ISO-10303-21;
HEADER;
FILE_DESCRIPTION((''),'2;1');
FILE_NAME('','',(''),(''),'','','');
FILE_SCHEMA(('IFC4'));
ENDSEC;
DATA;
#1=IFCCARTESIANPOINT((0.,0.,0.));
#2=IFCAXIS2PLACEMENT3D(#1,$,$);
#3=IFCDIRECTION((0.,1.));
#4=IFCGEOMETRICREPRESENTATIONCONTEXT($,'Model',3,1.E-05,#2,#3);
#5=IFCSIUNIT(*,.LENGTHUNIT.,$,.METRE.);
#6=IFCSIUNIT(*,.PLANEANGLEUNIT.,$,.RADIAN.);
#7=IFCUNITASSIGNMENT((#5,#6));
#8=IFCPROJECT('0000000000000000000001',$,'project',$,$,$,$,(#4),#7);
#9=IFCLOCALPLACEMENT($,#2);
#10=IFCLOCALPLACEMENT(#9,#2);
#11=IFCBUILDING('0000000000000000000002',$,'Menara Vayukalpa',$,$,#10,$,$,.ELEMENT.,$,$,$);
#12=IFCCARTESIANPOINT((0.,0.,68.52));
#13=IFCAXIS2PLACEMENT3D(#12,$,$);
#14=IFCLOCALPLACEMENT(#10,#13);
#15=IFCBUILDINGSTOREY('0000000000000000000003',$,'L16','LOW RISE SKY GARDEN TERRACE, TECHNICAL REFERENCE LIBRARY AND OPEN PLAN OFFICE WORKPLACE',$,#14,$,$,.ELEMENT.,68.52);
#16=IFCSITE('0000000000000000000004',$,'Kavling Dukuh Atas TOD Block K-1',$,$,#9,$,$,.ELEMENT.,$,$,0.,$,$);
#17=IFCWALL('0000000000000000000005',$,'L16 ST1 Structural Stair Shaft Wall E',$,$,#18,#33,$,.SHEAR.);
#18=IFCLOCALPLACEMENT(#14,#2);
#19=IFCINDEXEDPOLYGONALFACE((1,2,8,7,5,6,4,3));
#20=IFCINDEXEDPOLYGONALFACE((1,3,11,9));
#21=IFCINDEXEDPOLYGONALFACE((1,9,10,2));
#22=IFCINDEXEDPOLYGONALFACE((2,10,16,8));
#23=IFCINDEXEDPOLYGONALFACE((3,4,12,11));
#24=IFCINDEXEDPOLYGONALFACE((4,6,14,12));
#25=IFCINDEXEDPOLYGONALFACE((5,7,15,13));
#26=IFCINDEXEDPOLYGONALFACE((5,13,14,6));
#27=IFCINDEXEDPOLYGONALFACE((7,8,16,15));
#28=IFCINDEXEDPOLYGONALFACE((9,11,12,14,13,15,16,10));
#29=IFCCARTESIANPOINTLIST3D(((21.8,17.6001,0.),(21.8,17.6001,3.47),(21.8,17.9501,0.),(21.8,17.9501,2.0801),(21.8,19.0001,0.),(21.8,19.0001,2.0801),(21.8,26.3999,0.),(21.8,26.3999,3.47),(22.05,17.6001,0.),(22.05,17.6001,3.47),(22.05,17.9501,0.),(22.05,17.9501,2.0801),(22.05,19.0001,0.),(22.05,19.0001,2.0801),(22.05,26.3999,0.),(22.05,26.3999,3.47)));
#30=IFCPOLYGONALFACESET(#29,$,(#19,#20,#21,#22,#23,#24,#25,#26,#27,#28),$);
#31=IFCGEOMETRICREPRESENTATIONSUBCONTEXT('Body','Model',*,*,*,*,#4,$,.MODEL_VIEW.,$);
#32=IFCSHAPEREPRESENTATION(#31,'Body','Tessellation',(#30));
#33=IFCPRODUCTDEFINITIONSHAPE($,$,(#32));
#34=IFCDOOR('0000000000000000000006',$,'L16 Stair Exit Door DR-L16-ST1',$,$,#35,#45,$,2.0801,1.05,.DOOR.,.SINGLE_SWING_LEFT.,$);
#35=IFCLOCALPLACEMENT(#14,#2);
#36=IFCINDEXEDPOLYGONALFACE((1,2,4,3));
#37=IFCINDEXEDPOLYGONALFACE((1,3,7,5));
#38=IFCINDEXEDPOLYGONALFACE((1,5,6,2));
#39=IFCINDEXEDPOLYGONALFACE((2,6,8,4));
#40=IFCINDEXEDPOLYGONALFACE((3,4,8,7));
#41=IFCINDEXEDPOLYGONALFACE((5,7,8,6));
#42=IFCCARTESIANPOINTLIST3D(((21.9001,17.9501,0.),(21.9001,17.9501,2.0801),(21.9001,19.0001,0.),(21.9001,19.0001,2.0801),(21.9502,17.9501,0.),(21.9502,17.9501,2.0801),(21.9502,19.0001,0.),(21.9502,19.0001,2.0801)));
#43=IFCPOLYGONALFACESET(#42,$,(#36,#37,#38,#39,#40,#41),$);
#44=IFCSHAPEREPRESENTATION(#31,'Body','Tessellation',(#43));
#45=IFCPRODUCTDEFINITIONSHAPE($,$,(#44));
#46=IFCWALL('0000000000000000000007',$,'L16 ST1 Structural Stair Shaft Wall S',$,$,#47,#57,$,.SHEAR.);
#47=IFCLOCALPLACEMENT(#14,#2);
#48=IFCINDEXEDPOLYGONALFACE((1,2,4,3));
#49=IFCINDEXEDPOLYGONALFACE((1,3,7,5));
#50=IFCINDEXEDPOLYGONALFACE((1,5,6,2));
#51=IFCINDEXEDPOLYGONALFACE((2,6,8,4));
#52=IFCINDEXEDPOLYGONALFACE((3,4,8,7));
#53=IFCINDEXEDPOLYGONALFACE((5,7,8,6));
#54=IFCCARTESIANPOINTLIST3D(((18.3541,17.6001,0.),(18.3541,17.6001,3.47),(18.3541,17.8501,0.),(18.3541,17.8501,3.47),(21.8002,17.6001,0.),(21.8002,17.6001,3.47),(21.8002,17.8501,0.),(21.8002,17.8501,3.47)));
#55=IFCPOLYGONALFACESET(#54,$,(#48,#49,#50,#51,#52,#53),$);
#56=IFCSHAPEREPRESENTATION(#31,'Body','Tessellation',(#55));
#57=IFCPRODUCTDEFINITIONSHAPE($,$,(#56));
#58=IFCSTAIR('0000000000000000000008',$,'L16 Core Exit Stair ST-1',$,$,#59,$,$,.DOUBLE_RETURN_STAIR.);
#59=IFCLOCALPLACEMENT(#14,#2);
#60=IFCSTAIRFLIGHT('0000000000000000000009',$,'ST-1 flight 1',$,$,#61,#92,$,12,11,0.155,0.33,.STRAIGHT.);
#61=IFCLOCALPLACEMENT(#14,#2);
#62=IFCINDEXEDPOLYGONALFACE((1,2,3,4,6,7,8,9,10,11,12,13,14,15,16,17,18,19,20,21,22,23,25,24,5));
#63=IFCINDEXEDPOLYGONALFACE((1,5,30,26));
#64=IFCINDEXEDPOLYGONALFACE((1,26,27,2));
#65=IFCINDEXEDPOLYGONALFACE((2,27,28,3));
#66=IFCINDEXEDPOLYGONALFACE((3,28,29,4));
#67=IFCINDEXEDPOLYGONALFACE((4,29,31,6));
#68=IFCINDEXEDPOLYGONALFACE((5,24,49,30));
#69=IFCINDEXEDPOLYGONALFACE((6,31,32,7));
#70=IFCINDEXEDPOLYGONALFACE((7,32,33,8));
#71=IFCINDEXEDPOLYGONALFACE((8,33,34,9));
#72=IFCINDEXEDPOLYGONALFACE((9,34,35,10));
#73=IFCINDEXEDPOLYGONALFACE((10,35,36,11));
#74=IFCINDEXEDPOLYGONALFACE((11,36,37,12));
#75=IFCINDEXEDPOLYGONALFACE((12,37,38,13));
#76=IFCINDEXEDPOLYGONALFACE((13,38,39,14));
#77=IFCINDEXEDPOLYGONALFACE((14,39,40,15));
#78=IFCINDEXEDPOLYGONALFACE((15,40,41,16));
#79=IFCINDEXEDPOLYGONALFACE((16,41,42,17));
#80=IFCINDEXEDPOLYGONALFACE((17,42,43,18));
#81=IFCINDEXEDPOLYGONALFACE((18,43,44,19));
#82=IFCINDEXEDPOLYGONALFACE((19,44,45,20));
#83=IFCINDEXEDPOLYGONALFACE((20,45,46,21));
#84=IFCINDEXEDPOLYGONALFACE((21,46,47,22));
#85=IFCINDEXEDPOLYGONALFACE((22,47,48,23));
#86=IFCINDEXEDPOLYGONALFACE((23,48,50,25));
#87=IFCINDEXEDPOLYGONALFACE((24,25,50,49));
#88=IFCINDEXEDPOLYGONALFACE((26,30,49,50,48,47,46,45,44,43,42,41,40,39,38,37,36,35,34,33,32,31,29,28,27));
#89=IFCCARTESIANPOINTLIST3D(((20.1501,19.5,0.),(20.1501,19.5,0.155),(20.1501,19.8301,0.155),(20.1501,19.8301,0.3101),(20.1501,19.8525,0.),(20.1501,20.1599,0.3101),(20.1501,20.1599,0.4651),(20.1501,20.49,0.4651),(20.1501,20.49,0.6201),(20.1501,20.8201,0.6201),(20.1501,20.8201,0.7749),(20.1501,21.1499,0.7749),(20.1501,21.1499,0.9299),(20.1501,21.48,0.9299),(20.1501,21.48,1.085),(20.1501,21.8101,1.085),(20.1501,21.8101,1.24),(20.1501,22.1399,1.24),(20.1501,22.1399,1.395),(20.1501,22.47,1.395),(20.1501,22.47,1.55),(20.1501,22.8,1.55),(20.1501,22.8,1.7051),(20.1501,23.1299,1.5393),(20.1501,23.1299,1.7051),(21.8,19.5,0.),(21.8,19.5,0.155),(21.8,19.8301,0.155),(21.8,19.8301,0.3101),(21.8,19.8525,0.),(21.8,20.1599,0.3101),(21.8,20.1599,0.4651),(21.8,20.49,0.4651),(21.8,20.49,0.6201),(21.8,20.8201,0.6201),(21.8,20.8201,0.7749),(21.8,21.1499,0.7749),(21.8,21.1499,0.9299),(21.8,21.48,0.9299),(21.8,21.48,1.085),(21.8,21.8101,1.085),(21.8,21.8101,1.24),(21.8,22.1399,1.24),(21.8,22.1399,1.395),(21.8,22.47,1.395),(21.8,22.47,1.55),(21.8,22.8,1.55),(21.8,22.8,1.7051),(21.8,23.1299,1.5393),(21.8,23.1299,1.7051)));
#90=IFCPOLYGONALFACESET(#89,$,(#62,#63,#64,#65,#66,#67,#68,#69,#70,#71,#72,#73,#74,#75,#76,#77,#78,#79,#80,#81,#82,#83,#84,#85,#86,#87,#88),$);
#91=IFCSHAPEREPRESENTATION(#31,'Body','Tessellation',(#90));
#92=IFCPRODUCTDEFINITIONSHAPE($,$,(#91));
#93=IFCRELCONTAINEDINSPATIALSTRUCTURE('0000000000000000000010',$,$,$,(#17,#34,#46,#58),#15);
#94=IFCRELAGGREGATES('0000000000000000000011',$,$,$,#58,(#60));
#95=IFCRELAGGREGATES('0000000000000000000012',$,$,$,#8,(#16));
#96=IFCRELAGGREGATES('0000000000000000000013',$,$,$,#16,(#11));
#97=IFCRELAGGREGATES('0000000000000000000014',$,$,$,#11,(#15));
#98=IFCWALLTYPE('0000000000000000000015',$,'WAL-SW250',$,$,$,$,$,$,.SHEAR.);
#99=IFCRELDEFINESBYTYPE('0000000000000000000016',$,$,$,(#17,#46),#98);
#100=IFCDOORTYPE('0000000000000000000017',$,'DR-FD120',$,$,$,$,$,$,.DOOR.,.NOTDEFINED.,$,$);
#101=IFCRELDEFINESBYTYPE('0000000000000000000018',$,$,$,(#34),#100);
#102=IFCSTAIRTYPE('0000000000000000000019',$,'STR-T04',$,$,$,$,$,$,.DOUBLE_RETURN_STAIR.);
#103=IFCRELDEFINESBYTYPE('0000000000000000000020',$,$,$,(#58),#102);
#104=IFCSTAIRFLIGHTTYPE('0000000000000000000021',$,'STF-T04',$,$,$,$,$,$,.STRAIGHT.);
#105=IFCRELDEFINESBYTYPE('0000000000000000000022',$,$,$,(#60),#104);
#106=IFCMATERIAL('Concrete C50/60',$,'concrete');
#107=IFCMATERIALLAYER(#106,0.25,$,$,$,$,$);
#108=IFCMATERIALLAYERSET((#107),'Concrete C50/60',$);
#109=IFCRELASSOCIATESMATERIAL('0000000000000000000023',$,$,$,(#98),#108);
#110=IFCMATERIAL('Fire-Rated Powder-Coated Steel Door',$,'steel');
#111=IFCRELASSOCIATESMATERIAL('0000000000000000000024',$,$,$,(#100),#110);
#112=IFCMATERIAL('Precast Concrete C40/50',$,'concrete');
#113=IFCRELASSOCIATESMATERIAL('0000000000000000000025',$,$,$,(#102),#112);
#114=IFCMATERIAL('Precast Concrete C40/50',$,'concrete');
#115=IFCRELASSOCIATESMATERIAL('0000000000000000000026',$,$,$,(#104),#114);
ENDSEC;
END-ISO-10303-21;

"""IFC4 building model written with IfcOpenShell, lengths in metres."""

from ifc_helpers import new_model, si_unit, direction, frame, frame_2d, origin, place, context, subcontext, project, spatial, polyline, rectangle, outline, extrude, material, layer, layer_set, type_object, element, fill, aggregate, save


model = new_model("IFC4")

# Units and contexts
model_context = context("Model", 3, precision=1e-05, world=origin(), true_north=direction((0.0, 1.0)))
body_context = subcontext(model_context, "Body", "Model", "MODEL_VIEW")
ifc_project = project(units=[si_unit("LENGTHUNIT", "METRE"), si_unit("PLANEANGLEUNIT", "RADIAN")], contexts=[model_context])

# Site, building, storey
site_placement = place(None, origin())
site = spatial("IfcSite", under=ifc_project, at=site_placement, Name="Kavling Dukuh Atas TOD Block K-1", CompositionType="ELEMENT", RefElevation=0.0)
building_placement = place(site_placement, origin())
building = spatial("IfcBuilding", under=site, at=building_placement, Name="Menara Vayukalpa", CompositionType="ELEMENT")
storey_placement = place(building_placement, frame((0.0, 0.0, 68.52)))
storey = spatial("IfcBuildingStorey", under=building, at=storey_placement, Name="L16", Description="LOW RISE SKY GARDEN TERRACE, TECHNICAL REFERENCE LIBRARY AND OPEN PLAN OFFICE WORKPLACE", CompositionType="ELEMENT", Elevation=68.52)

# Shared definitions
ifc_material_1 = material(Name="Concrete C50/60", Category="concrete")
ifc_layer_1 = layer(ifc_material_1, 0.25)
ifc_layer_set_1 = layer_set([ifc_layer_1], Name="Concrete C50/60")
wall_type_1 = type_object("IfcWallType", Name="WAL-SW250", PredefinedType="SHEAR", material=ifc_layer_set_1)

# Wall, opening, door
wall_1_placement = place(storey_placement, frame((21.925, 17.6001, 0.0), z_axis=(0.0, 0.0, 1.0), x_axis=(0.0, 1.0, 0.0)))
wall_1 = element("IfcWall", 1, at=wall_1_placement, inside=storey, type_object=wall_type_1, Name="L16 ST1 Structural Stair Shaft Wall E", PredefinedType="SHEAR", context=body_context, shape_type="SweptSolid", body=[
    extrude(rectangle(XDim=8.7998, YDim=0.25, at=frame_2d((4.3999, 0.0))), origin(), (0.0, 0.0, 1.0), 3.47),
])
opening_1_placement = place(wall_1_placement, frame((0.3501, 0.0, 0.0)))
opening_1 = element("IfcOpeningElement", 2, at=opening_1_placement, cuts=wall_1, PredefinedType="OPENING", context=body_context, shape_type="SweptSolid", body=[
    extrude(rectangle(XDim=1.05, YDim=2.0801, at=frame_2d((0.5249, 1.04))), frame((0.0, 0.135, 0.0), z_axis=(0.0, -1.0, 0.0), x_axis=(1.0, 0.0, 0.0)), (0.0, 0.0, 1.0), 0.27),
])
ifc_material_2 = material(Name="Fire-Rated Powder-Coated Steel Door", Category="steel")
door_type_1 = type_object("IfcDoorType", Name="DR-FD120", OperationType="NOTDEFINED", PredefinedType="DOOR", material=ifc_material_2)
door_1_placement = place(opening_1_placement, origin())
door_1 = element("IfcDoor", 3, at=door_1_placement, inside=storey, type_object=door_type_1, Name="L16 Stair Exit Door DR-L16-ST1", OperationType="SINGLE_SWING_LEFT", OverallHeight=2.0801, OverallWidth=1.05, PredefinedType="DOOR", context=body_context, shape_type="SweptSolid", body=[
    extrude(rectangle(XDim=1.05, YDim=2.0801, at=frame_2d((0.5249, 1.04))), frame((0.0, 0.0249, 0.0), z_axis=(0.0, -1.0, 0.0), x_axis=(1.0, 0.0, 0.0)), (0.0, 0.0, 1.0), 0.05),
])
fill(opening_1, door_1)

# Wall
wall_2_placement = place(storey_placement, frame((18.354, 17.7251, 0.0), z_axis=(0.0, 0.0, 1.0), x_axis=(1.0, 0.0, 0.0)))
element("IfcWall", 4, at=wall_2_placement, inside=storey, type_object=wall_type_1, Name="L16 ST1 Structural Stair Shaft Wall S", PredefinedType="SHEAR", context=body_context, shape_type="SweptSolid", body=[
    extrude(rectangle(XDim=3.446, YDim=0.25, at=frame_2d((1.7231, 0.0))), origin(), (0.0, 0.0, 1.0), 3.47),
])

# Stair, stair flight
ifc_material_3 = material(Name="Precast Concrete C40/50", Category="concrete")
stair_type = type_object("IfcStairType", Name="STR-T04", PredefinedType="DOUBLE_RETURN_STAIR", material=ifc_material_3)
stair_placement = place(storey_placement, origin())
stair = element("IfcStair", 5, at=stair_placement, inside=storey, type_object=stair_type, Name="L16 Core Exit Stair ST-1", PredefinedType="DOUBLE_RETURN_STAIR")
ifc_material_4 = material(Name="Precast Concrete C40/50", Category="concrete")
stair_flight_type = type_object("IfcStairFlightType", Name="STF-T04", PredefinedType="STRAIGHT", material=ifc_material_4)
stair_flight_placement = place(storey_placement, frame((20.9751, 19.5, 0.0), z_axis=(0.0, 0.0, 1.0), x_axis=(0.0, 1.0, 0.0)))
stair_flight = element("IfcStairFlight", 6, at=stair_flight_placement, type_object=stair_flight_type, Name="ST-1 flight 1", NumberOfRisers=12, NumberOfTreads=11, PredefinedType="STRAIGHT", RiserHeight=0.155, TreadLength=0.33, context=body_context, shape_type="SweptSolid", body=[
    extrude(outline(polyline([(0.0, 0.0), (0.0, 0.155), (0.3301, 0.155), (0.3301, 0.3101), (0.6599, 0.3101), (0.6599, 0.4651), (0.99, 0.4651), (0.99, 0.6201), (1.3201, 0.6201), (1.3201, 0.7749), (1.6499, 0.7749), (1.6499, 0.9299), (1.98, 0.9299), (1.98, 1.085), (2.3101, 1.085), (2.3101, 1.24), (2.6399, 1.24), (2.6399, 1.395), (2.97, 1.395), (2.97, 1.55), (3.3, 1.55), (3.3, 1.7051), (3.6299, 1.7051), (3.6299, 1.8601), (3.6299, 1.5393), (0.3525, 0.0), (0.0, 0.0)])), frame((0.0, 0.825, 0.0), z_axis=(0.0, -1.0, 0.0), x_axis=(1.0, 0.0, 0.0)), (0.0, 0.0, 1.0), 1.6499),
])
aggregate(stair, [stair_flight])

save(model, "model.ifc")
